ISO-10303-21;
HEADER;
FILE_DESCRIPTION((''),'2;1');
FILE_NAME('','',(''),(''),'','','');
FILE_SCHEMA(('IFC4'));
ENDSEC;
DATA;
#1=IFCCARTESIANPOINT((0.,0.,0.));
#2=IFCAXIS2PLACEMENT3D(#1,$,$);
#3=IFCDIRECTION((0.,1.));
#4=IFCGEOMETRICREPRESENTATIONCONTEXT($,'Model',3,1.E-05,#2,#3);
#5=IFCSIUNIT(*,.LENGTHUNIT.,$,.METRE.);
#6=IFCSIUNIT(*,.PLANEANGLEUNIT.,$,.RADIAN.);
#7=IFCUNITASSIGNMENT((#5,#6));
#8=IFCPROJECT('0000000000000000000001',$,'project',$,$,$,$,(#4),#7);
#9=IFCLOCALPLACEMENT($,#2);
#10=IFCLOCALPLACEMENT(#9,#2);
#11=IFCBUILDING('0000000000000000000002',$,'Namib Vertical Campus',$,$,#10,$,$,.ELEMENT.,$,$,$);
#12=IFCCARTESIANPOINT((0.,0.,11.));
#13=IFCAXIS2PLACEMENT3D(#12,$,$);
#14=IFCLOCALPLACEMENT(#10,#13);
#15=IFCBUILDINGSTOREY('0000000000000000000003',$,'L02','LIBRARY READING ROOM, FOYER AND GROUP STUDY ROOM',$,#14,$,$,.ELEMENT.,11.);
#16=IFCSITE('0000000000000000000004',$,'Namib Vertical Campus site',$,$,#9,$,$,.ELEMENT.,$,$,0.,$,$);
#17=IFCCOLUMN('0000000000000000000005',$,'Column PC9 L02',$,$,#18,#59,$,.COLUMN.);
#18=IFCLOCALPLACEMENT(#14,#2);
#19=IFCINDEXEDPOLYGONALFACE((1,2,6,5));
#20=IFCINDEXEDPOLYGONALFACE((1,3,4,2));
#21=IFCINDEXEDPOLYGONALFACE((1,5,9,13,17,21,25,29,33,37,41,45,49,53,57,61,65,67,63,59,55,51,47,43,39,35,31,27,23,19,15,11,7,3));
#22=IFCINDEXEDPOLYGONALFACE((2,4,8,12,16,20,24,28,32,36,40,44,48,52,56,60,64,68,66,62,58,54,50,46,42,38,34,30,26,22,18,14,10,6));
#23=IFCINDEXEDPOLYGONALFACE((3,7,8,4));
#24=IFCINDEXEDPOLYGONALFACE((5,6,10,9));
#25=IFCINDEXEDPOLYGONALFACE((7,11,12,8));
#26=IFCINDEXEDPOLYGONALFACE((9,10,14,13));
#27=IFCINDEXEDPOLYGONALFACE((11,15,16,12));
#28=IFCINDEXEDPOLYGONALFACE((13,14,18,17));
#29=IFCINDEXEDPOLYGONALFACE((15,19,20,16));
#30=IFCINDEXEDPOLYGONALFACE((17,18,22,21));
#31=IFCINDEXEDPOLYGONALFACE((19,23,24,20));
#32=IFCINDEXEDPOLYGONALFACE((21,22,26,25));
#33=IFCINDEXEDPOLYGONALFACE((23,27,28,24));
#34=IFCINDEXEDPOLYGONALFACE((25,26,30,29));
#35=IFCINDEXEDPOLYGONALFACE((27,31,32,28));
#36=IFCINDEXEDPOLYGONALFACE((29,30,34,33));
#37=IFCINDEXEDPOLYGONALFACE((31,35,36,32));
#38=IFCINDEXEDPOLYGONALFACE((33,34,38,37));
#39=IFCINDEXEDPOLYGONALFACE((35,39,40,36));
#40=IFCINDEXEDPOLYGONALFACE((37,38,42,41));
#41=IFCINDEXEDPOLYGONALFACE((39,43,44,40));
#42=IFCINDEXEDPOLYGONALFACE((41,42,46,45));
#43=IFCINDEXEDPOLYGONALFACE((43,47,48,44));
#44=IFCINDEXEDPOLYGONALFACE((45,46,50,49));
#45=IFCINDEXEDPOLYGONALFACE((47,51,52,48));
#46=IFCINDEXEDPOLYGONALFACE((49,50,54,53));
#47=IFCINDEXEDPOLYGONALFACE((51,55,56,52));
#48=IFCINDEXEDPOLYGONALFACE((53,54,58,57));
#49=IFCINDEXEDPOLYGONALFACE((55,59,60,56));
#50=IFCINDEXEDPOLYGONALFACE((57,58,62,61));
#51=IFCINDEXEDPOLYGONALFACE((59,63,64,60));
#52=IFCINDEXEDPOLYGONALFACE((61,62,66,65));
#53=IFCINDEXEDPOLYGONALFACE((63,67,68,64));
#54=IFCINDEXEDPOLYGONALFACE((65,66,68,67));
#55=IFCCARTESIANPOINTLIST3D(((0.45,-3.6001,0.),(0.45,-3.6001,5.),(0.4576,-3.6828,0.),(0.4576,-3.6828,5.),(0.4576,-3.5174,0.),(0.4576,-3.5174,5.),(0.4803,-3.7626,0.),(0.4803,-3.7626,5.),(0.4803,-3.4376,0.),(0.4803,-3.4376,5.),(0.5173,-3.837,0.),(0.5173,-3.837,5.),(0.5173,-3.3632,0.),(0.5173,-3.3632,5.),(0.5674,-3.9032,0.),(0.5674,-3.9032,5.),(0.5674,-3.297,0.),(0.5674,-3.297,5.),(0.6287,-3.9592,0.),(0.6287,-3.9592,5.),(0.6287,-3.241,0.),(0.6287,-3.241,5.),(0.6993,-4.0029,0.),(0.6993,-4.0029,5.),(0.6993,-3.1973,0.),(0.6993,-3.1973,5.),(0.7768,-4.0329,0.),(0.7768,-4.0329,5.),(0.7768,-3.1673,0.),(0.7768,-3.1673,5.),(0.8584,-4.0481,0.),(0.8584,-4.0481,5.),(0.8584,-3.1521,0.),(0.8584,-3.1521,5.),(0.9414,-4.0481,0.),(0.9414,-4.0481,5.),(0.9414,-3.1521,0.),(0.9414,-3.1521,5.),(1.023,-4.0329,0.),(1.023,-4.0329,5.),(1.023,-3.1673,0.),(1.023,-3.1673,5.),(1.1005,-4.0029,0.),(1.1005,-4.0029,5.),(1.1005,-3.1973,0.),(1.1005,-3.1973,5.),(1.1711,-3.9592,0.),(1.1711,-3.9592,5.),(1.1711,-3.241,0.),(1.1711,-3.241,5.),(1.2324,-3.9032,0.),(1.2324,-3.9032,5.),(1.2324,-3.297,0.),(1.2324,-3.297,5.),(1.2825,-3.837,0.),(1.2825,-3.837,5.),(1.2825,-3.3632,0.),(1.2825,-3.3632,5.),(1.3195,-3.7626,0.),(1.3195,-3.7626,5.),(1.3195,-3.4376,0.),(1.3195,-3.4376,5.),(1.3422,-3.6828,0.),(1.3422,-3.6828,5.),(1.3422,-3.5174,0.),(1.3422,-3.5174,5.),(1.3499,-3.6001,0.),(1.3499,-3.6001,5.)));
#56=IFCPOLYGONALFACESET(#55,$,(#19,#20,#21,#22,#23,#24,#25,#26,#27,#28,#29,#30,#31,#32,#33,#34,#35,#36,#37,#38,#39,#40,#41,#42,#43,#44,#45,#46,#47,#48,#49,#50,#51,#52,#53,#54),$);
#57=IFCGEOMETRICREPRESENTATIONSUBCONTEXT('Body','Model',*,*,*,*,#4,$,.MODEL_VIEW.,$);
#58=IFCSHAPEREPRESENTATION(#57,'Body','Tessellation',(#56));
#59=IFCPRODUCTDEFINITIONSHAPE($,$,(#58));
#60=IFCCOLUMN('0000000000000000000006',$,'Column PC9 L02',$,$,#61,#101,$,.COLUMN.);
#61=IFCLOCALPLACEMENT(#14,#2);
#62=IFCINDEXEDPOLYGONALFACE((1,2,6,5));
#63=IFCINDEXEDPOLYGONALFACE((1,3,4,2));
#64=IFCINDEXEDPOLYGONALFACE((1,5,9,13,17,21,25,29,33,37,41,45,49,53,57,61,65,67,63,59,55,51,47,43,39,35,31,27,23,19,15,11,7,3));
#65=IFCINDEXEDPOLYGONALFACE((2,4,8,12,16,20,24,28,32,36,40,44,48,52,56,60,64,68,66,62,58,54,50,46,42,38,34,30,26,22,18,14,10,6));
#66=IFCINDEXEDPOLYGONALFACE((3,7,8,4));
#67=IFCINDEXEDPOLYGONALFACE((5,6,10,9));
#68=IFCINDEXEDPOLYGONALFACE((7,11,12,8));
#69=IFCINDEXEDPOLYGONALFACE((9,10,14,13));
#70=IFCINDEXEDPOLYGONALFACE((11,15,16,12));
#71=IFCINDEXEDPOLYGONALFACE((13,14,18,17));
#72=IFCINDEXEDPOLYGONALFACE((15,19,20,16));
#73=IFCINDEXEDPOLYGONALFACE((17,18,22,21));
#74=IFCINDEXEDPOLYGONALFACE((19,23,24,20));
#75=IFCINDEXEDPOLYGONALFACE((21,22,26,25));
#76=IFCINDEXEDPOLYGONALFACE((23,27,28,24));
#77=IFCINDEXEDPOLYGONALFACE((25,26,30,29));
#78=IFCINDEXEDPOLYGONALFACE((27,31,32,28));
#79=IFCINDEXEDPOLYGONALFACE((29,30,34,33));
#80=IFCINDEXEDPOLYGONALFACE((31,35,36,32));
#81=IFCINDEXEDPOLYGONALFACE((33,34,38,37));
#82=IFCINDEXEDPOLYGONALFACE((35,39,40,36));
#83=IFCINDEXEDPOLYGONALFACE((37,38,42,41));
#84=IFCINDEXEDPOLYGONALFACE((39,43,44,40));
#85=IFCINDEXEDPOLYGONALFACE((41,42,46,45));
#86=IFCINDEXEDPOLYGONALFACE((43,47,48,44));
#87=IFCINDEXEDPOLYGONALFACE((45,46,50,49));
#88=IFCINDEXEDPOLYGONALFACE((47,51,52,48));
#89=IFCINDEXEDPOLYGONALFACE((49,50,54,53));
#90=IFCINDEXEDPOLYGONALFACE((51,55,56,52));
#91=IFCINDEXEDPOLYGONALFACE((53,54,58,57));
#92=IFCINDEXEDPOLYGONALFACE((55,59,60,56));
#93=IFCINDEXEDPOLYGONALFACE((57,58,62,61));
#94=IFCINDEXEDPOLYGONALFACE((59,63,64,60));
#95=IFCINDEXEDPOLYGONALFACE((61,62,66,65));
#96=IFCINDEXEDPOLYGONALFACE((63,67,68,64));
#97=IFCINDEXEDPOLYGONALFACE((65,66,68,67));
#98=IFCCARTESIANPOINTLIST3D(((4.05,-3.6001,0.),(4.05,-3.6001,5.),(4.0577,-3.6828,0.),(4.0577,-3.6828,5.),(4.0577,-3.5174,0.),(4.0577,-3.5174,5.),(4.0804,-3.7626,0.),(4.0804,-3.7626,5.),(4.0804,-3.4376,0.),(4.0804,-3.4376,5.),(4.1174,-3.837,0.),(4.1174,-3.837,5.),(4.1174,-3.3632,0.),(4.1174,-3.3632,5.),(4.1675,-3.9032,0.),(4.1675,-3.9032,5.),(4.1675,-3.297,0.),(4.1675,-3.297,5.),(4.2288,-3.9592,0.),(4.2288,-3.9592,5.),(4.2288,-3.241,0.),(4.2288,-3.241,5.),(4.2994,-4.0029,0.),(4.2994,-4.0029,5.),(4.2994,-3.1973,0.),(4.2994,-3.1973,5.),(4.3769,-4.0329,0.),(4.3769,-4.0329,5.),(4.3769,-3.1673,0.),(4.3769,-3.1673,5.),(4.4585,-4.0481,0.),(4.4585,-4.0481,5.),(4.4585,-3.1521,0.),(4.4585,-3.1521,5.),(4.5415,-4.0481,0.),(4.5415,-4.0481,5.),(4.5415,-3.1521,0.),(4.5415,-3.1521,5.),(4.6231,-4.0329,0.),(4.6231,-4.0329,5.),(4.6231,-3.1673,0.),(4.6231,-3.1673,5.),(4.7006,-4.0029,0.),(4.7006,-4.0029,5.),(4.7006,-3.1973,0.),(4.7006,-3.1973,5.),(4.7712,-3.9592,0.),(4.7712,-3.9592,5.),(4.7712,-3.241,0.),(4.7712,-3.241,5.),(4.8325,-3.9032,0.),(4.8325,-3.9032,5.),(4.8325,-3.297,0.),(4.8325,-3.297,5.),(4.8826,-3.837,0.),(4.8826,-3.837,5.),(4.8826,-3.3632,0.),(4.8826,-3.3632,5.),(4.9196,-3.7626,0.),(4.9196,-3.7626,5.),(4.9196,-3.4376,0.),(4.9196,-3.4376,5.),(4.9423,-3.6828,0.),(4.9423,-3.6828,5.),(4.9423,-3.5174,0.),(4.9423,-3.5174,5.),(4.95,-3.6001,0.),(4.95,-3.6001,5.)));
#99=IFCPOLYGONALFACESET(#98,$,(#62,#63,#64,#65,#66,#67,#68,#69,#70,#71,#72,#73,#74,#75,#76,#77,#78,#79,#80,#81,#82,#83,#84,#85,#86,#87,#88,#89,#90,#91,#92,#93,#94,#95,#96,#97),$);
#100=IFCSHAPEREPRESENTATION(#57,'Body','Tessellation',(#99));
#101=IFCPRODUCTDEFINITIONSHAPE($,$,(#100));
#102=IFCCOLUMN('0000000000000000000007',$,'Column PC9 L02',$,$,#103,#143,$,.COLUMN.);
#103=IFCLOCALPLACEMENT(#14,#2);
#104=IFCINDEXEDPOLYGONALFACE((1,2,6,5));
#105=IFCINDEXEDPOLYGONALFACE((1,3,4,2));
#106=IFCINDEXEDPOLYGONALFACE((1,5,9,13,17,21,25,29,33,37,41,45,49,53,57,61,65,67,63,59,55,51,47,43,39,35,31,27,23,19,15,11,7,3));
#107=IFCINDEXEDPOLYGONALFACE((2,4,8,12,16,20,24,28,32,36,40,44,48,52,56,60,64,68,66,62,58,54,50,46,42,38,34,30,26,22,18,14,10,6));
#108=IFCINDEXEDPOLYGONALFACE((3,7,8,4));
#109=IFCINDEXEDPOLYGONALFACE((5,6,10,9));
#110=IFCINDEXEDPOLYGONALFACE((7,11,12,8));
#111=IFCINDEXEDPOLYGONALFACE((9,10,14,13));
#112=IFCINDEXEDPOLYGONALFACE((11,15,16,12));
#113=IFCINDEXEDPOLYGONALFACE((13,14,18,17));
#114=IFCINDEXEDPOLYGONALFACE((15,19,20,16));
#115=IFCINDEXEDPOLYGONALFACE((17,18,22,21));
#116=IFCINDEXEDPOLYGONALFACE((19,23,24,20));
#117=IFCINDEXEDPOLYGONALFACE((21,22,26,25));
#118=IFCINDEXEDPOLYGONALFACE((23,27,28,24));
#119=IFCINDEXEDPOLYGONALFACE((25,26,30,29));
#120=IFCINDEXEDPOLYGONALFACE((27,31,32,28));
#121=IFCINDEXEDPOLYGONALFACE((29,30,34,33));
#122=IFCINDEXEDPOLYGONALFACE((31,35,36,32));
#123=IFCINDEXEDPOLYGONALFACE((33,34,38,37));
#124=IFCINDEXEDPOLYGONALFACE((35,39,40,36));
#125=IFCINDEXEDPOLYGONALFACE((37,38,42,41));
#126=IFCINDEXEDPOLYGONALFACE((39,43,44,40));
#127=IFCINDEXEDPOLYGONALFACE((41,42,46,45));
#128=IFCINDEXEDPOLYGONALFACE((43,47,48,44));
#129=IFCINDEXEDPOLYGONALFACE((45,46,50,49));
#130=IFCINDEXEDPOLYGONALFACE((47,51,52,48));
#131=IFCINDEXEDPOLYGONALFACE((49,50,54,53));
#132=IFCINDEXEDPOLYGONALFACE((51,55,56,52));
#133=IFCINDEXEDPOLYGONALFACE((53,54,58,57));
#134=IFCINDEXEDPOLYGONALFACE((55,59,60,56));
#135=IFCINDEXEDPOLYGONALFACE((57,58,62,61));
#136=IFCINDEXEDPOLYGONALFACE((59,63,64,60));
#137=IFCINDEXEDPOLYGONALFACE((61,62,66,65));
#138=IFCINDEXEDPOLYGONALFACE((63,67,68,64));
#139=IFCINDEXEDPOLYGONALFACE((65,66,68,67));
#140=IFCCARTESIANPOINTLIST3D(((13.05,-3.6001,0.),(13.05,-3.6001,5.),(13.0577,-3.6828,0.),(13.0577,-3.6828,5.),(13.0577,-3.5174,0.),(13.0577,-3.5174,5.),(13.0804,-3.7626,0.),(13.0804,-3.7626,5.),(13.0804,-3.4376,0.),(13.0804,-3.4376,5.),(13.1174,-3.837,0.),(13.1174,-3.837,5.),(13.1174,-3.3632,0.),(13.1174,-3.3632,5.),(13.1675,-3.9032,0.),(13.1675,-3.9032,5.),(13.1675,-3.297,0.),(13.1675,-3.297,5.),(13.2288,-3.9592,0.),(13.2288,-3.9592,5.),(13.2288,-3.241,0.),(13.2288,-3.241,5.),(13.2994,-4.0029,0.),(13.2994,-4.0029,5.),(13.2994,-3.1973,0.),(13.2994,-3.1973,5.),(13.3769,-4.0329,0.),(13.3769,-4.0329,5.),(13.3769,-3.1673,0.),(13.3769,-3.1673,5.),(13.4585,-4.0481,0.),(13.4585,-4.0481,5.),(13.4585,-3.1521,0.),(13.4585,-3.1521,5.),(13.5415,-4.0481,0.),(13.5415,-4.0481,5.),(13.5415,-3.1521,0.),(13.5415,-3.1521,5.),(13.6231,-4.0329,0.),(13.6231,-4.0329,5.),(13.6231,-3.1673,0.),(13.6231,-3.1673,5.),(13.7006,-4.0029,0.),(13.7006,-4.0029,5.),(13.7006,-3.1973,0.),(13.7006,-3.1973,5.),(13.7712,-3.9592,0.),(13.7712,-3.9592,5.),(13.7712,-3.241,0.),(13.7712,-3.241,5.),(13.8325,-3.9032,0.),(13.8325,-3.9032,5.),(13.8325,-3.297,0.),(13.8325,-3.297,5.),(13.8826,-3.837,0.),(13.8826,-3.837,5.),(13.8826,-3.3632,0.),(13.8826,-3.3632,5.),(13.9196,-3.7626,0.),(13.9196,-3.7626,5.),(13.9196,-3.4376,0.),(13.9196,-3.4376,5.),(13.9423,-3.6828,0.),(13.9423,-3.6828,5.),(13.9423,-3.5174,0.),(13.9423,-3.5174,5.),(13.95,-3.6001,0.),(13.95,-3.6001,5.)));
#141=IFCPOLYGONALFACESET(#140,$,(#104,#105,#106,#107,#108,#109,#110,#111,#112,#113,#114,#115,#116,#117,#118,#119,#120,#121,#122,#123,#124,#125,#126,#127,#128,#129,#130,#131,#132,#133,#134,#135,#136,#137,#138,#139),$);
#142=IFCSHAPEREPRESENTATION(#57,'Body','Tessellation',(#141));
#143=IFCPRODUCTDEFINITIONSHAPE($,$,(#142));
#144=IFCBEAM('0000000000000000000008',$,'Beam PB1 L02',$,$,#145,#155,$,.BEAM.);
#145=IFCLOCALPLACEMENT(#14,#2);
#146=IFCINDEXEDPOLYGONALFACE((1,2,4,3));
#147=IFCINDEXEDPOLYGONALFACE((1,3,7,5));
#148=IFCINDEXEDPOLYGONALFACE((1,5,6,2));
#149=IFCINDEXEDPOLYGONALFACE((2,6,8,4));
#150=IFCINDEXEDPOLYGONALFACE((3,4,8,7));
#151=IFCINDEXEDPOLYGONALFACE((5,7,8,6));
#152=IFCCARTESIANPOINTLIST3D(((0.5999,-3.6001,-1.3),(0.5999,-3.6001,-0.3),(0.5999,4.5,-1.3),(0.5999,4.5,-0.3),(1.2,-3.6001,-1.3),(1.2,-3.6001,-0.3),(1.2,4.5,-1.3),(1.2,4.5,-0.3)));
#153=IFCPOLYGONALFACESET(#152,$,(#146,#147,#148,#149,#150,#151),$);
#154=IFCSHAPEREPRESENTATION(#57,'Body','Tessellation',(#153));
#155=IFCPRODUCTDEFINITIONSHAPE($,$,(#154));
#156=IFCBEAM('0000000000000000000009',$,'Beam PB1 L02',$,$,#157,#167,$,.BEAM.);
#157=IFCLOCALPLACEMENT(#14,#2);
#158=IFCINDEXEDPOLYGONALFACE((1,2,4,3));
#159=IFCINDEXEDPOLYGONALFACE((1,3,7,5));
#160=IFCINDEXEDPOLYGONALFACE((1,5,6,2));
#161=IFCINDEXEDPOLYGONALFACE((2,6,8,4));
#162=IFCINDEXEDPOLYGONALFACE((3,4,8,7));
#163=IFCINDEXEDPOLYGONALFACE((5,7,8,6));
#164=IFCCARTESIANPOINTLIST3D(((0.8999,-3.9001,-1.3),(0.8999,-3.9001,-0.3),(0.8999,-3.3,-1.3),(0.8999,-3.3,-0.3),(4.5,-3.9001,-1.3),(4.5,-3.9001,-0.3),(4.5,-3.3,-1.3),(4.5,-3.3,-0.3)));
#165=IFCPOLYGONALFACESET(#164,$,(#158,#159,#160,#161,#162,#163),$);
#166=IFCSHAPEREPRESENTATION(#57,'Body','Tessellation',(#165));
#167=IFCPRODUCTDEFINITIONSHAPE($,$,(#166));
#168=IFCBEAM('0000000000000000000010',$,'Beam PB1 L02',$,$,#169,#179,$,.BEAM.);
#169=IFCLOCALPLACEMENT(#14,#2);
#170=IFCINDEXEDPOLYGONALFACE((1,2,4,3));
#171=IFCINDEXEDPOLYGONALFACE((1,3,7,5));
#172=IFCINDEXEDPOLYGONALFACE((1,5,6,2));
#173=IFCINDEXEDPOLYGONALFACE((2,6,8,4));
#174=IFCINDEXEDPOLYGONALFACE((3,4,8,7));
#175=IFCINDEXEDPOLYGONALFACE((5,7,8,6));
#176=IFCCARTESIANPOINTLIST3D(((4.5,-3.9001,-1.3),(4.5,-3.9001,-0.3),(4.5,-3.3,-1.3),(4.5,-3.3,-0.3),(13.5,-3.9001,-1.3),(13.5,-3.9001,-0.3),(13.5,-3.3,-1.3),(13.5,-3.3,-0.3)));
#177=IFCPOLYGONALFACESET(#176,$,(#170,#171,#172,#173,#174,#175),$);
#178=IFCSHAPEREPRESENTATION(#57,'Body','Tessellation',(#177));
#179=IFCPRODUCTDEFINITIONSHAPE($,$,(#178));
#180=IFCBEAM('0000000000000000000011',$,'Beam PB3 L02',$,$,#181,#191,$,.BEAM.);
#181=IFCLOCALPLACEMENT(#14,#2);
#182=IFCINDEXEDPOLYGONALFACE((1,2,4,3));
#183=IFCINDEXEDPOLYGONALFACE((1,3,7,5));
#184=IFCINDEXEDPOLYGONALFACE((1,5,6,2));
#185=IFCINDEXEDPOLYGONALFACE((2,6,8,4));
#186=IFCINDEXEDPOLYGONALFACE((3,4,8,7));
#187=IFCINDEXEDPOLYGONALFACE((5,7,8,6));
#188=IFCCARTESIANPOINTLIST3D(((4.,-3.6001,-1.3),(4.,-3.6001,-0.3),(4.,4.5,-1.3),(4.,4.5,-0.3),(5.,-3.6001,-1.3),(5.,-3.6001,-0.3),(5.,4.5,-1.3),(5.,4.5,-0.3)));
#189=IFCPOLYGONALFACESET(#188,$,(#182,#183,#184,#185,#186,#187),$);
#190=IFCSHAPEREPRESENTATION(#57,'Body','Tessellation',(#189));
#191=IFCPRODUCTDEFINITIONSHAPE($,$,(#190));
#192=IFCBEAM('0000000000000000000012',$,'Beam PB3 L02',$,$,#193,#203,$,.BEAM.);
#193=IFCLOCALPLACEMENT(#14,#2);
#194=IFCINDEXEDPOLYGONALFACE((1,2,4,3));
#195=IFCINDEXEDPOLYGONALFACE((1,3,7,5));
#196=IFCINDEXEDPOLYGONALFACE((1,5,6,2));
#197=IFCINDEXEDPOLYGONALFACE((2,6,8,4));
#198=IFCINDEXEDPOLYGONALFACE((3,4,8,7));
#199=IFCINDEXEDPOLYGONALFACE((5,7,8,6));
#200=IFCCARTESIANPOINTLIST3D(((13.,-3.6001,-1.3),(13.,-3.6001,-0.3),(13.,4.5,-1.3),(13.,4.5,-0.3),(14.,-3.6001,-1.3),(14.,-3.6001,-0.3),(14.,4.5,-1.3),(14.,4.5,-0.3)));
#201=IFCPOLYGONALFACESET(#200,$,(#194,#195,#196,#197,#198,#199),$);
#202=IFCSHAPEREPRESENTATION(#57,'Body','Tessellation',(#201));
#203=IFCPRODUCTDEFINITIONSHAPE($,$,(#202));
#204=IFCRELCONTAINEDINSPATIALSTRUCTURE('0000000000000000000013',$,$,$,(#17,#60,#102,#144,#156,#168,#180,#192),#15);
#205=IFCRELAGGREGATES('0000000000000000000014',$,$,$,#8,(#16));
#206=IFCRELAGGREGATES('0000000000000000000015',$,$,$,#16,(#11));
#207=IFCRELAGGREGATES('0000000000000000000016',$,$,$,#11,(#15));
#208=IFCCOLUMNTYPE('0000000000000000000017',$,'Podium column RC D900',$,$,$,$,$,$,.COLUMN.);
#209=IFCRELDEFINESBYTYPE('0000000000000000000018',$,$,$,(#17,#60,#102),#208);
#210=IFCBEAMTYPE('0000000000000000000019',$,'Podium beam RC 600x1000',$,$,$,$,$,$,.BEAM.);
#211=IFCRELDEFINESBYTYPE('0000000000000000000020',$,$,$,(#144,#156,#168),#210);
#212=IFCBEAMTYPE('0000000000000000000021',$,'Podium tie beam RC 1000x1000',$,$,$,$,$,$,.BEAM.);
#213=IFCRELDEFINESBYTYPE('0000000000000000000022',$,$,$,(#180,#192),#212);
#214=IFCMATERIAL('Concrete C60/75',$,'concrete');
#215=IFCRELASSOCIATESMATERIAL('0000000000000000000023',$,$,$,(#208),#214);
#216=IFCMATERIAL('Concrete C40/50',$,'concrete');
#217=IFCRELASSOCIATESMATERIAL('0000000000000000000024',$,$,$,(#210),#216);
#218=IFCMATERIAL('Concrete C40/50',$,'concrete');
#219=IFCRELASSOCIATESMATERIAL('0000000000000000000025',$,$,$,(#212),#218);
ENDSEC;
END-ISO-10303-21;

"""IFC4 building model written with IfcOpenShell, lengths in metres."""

from ifc_helpers import new_model, si_unit, direction, frame, origin, origin_2d, place, context, subcontext, project, spatial, rectangle, circle, extrude, material, material_profile, profile_set, type_object, element, save


model = new_model("IFC4")

# Units and contexts
model_context = context("Model", 3, precision=1e-05, world=origin(), true_north=direction((0.0, 1.0)))
body_context = subcontext(model_context, "Body", "Model", "MODEL_VIEW")
ifc_project = project(units=[si_unit("LENGTHUNIT", "METRE"), si_unit("PLANEANGLEUNIT", "RADIAN")], contexts=[model_context])

# Site, building, storey
site_placement = place(None, origin())
site = spatial("IfcSite", under=ifc_project, at=site_placement, Name="Namib Vertical Campus site", CompositionType="ELEMENT", RefElevation=0.0)
building_placement = place(site_placement, origin())
building = spatial("IfcBuilding", under=site, at=building_placement, Name="Namib Vertical Campus", CompositionType="ELEMENT")
storey_placement = place(building_placement, frame((0.0, 0.0, 11.0)))
storey = spatial("IfcBuildingStorey", under=building, at=storey_placement, Name="L02", Description="LIBRARY READING ROOM, FOYER AND GROUP STUDY ROOM", CompositionType="ELEMENT", Elevation=11.0)

# Columns
ifc_material_1 = material(Name="Concrete C60/75", Category="concrete")
ifc_material_profile_1 = material_profile(ifc_material_1, circle(Radius=0.45, at=origin_2d()))
ifc_profile_set_1 = profile_set([ifc_material_profile_1], Name="Concrete C60/75")
column_type = type_object("IfcColumnType", Name="Podium column RC D900", PredefinedType="COLUMN", material=ifc_profile_set_1)
for number, where, z_axis, x_axis, name in (
    (1, (0.8999, -3.6001, 0.0), (0.0, 0.0, 1.0), (1.0, 0.0, 0.0), "Column PC9 L02"),
    (2, (4.5, -3.6001, 0.0), (0.0, 0.0, 1.0), (1.0, 0.0, 0.0), "Column PC9 L02"),
    (3, (13.5, -3.6001, 0.0), (0.0, 0.0, 1.0), (1.0, 0.0, 0.0), "Column PC9 L02"),
):
    element("IfcColumn", number, at=place(storey_placement, frame(where, z_axis=z_axis, x_axis=x_axis)), inside=storey, type_object=column_type, Name=name, PredefinedType="COLUMN", context=body_context, shape_type="SweptSolid", body=[
        extrude(circle(Radius=0.45, at=origin_2d()), origin(), (0.0, 0.0, 1.0), 5.0),
    ])

# Beams
ifc_material_2 = material(Name="Concrete C40/50", Category="concrete")
ifc_material_profile_2 = material_profile(ifc_material_2, rectangle(XDim=0.6001, YDim=1.0, at=origin_2d()))
ifc_profile_set_2 = profile_set([ifc_material_profile_2], Name="Concrete C40/50")
beam_type_1 = type_object("IfcBeamType", Name="Podium beam RC 600x1000", PredefinedType="BEAM", material=ifc_profile_set_2)
beam_1_placement = place(storey_placement, frame((0.8999, -3.6001, -0.8), z_axis=(0.0, 1.0, 0.0), x_axis=(-1.0, 0.0, 0.0)))
element("IfcBeam", 4, at=beam_1_placement, inside=storey, type_object=beam_type_1, Name="Beam PB1 L02", PredefinedType="BEAM", context=body_context, shape_type="SweptSolid", body=[
    extrude(rectangle(XDim=0.6001, YDim=1.0, at=origin_2d()), origin(), (0.0, 0.0, 1.0), 8.1001),
])
beam_2_placement = place(storey_placement, frame((0.8999, -3.6001, -0.8), z_axis=(1.0, 0.0, 0.0), x_axis=(0.0, 1.0, 0.0)))
element("IfcBeam", 5, at=beam_2_placement, inside=storey, type_object=beam_type_1, Name="Beam PB1 L02", PredefinedType="BEAM", context=body_context, shape_type="SweptSolid", body=[
    extrude(rectangle(XDim=0.6001, YDim=1.0, at=origin_2d()), origin(), (0.0, 0.0, 1.0), 3.6001),
])
beam_3_placement = place(storey_placement, frame((4.5, -3.6001, -0.8), z_axis=(1.0, 0.0, 0.0), x_axis=(0.0, 1.0, 0.0)))
element("IfcBeam", 6, at=beam_3_placement, inside=storey, type_object=beam_type_1, Name="Beam PB1 L02", PredefinedType="BEAM", context=body_context, shape_type="SweptSolid", body=[
    extrude(rectangle(XDim=0.6001, YDim=1.0, at=origin_2d()), origin(), (0.0, 0.0, 1.0), 9.0),
])
ifc_material_3 = material(Name="Concrete C40/50", Category="concrete")
ifc_material_profile_3 = material_profile(ifc_material_3, rectangle(XDim=1.0, YDim=1.0, at=origin_2d()))
ifc_profile_set_3 = profile_set([ifc_material_profile_3], Name="Concrete C40/50")
beam_type_2 = type_object("IfcBeamType", Name="Podium tie beam RC 1000x1000", PredefinedType="BEAM", material=ifc_profile_set_3)
for number, where, z_axis, x_axis, name in (
    (7, (4.5, -3.6001, -0.8), (0.0, 1.0, 0.0), (-1.0, 0.0, 0.0), "Beam PB3 L02"),
    (8, (13.5, -3.6001, -0.8), (0.0, 1.0, 0.0), (-1.0, 0.0, 0.0), "Beam PB3 L02"),
):
    element("IfcBeam", number, at=place(storey_placement, frame(where, z_axis=z_axis, x_axis=x_axis)), inside=storey, type_object=beam_type_2, Name=name, PredefinedType="BEAM", context=body_context, shape_type="SweptSolid", body=[
        extrude(rectangle(XDim=1.0, YDim=1.0, at=origin_2d()), origin(), (0.0, 0.0, 1.0), 8.1001),
    ])

save(model, "model.ifc")
